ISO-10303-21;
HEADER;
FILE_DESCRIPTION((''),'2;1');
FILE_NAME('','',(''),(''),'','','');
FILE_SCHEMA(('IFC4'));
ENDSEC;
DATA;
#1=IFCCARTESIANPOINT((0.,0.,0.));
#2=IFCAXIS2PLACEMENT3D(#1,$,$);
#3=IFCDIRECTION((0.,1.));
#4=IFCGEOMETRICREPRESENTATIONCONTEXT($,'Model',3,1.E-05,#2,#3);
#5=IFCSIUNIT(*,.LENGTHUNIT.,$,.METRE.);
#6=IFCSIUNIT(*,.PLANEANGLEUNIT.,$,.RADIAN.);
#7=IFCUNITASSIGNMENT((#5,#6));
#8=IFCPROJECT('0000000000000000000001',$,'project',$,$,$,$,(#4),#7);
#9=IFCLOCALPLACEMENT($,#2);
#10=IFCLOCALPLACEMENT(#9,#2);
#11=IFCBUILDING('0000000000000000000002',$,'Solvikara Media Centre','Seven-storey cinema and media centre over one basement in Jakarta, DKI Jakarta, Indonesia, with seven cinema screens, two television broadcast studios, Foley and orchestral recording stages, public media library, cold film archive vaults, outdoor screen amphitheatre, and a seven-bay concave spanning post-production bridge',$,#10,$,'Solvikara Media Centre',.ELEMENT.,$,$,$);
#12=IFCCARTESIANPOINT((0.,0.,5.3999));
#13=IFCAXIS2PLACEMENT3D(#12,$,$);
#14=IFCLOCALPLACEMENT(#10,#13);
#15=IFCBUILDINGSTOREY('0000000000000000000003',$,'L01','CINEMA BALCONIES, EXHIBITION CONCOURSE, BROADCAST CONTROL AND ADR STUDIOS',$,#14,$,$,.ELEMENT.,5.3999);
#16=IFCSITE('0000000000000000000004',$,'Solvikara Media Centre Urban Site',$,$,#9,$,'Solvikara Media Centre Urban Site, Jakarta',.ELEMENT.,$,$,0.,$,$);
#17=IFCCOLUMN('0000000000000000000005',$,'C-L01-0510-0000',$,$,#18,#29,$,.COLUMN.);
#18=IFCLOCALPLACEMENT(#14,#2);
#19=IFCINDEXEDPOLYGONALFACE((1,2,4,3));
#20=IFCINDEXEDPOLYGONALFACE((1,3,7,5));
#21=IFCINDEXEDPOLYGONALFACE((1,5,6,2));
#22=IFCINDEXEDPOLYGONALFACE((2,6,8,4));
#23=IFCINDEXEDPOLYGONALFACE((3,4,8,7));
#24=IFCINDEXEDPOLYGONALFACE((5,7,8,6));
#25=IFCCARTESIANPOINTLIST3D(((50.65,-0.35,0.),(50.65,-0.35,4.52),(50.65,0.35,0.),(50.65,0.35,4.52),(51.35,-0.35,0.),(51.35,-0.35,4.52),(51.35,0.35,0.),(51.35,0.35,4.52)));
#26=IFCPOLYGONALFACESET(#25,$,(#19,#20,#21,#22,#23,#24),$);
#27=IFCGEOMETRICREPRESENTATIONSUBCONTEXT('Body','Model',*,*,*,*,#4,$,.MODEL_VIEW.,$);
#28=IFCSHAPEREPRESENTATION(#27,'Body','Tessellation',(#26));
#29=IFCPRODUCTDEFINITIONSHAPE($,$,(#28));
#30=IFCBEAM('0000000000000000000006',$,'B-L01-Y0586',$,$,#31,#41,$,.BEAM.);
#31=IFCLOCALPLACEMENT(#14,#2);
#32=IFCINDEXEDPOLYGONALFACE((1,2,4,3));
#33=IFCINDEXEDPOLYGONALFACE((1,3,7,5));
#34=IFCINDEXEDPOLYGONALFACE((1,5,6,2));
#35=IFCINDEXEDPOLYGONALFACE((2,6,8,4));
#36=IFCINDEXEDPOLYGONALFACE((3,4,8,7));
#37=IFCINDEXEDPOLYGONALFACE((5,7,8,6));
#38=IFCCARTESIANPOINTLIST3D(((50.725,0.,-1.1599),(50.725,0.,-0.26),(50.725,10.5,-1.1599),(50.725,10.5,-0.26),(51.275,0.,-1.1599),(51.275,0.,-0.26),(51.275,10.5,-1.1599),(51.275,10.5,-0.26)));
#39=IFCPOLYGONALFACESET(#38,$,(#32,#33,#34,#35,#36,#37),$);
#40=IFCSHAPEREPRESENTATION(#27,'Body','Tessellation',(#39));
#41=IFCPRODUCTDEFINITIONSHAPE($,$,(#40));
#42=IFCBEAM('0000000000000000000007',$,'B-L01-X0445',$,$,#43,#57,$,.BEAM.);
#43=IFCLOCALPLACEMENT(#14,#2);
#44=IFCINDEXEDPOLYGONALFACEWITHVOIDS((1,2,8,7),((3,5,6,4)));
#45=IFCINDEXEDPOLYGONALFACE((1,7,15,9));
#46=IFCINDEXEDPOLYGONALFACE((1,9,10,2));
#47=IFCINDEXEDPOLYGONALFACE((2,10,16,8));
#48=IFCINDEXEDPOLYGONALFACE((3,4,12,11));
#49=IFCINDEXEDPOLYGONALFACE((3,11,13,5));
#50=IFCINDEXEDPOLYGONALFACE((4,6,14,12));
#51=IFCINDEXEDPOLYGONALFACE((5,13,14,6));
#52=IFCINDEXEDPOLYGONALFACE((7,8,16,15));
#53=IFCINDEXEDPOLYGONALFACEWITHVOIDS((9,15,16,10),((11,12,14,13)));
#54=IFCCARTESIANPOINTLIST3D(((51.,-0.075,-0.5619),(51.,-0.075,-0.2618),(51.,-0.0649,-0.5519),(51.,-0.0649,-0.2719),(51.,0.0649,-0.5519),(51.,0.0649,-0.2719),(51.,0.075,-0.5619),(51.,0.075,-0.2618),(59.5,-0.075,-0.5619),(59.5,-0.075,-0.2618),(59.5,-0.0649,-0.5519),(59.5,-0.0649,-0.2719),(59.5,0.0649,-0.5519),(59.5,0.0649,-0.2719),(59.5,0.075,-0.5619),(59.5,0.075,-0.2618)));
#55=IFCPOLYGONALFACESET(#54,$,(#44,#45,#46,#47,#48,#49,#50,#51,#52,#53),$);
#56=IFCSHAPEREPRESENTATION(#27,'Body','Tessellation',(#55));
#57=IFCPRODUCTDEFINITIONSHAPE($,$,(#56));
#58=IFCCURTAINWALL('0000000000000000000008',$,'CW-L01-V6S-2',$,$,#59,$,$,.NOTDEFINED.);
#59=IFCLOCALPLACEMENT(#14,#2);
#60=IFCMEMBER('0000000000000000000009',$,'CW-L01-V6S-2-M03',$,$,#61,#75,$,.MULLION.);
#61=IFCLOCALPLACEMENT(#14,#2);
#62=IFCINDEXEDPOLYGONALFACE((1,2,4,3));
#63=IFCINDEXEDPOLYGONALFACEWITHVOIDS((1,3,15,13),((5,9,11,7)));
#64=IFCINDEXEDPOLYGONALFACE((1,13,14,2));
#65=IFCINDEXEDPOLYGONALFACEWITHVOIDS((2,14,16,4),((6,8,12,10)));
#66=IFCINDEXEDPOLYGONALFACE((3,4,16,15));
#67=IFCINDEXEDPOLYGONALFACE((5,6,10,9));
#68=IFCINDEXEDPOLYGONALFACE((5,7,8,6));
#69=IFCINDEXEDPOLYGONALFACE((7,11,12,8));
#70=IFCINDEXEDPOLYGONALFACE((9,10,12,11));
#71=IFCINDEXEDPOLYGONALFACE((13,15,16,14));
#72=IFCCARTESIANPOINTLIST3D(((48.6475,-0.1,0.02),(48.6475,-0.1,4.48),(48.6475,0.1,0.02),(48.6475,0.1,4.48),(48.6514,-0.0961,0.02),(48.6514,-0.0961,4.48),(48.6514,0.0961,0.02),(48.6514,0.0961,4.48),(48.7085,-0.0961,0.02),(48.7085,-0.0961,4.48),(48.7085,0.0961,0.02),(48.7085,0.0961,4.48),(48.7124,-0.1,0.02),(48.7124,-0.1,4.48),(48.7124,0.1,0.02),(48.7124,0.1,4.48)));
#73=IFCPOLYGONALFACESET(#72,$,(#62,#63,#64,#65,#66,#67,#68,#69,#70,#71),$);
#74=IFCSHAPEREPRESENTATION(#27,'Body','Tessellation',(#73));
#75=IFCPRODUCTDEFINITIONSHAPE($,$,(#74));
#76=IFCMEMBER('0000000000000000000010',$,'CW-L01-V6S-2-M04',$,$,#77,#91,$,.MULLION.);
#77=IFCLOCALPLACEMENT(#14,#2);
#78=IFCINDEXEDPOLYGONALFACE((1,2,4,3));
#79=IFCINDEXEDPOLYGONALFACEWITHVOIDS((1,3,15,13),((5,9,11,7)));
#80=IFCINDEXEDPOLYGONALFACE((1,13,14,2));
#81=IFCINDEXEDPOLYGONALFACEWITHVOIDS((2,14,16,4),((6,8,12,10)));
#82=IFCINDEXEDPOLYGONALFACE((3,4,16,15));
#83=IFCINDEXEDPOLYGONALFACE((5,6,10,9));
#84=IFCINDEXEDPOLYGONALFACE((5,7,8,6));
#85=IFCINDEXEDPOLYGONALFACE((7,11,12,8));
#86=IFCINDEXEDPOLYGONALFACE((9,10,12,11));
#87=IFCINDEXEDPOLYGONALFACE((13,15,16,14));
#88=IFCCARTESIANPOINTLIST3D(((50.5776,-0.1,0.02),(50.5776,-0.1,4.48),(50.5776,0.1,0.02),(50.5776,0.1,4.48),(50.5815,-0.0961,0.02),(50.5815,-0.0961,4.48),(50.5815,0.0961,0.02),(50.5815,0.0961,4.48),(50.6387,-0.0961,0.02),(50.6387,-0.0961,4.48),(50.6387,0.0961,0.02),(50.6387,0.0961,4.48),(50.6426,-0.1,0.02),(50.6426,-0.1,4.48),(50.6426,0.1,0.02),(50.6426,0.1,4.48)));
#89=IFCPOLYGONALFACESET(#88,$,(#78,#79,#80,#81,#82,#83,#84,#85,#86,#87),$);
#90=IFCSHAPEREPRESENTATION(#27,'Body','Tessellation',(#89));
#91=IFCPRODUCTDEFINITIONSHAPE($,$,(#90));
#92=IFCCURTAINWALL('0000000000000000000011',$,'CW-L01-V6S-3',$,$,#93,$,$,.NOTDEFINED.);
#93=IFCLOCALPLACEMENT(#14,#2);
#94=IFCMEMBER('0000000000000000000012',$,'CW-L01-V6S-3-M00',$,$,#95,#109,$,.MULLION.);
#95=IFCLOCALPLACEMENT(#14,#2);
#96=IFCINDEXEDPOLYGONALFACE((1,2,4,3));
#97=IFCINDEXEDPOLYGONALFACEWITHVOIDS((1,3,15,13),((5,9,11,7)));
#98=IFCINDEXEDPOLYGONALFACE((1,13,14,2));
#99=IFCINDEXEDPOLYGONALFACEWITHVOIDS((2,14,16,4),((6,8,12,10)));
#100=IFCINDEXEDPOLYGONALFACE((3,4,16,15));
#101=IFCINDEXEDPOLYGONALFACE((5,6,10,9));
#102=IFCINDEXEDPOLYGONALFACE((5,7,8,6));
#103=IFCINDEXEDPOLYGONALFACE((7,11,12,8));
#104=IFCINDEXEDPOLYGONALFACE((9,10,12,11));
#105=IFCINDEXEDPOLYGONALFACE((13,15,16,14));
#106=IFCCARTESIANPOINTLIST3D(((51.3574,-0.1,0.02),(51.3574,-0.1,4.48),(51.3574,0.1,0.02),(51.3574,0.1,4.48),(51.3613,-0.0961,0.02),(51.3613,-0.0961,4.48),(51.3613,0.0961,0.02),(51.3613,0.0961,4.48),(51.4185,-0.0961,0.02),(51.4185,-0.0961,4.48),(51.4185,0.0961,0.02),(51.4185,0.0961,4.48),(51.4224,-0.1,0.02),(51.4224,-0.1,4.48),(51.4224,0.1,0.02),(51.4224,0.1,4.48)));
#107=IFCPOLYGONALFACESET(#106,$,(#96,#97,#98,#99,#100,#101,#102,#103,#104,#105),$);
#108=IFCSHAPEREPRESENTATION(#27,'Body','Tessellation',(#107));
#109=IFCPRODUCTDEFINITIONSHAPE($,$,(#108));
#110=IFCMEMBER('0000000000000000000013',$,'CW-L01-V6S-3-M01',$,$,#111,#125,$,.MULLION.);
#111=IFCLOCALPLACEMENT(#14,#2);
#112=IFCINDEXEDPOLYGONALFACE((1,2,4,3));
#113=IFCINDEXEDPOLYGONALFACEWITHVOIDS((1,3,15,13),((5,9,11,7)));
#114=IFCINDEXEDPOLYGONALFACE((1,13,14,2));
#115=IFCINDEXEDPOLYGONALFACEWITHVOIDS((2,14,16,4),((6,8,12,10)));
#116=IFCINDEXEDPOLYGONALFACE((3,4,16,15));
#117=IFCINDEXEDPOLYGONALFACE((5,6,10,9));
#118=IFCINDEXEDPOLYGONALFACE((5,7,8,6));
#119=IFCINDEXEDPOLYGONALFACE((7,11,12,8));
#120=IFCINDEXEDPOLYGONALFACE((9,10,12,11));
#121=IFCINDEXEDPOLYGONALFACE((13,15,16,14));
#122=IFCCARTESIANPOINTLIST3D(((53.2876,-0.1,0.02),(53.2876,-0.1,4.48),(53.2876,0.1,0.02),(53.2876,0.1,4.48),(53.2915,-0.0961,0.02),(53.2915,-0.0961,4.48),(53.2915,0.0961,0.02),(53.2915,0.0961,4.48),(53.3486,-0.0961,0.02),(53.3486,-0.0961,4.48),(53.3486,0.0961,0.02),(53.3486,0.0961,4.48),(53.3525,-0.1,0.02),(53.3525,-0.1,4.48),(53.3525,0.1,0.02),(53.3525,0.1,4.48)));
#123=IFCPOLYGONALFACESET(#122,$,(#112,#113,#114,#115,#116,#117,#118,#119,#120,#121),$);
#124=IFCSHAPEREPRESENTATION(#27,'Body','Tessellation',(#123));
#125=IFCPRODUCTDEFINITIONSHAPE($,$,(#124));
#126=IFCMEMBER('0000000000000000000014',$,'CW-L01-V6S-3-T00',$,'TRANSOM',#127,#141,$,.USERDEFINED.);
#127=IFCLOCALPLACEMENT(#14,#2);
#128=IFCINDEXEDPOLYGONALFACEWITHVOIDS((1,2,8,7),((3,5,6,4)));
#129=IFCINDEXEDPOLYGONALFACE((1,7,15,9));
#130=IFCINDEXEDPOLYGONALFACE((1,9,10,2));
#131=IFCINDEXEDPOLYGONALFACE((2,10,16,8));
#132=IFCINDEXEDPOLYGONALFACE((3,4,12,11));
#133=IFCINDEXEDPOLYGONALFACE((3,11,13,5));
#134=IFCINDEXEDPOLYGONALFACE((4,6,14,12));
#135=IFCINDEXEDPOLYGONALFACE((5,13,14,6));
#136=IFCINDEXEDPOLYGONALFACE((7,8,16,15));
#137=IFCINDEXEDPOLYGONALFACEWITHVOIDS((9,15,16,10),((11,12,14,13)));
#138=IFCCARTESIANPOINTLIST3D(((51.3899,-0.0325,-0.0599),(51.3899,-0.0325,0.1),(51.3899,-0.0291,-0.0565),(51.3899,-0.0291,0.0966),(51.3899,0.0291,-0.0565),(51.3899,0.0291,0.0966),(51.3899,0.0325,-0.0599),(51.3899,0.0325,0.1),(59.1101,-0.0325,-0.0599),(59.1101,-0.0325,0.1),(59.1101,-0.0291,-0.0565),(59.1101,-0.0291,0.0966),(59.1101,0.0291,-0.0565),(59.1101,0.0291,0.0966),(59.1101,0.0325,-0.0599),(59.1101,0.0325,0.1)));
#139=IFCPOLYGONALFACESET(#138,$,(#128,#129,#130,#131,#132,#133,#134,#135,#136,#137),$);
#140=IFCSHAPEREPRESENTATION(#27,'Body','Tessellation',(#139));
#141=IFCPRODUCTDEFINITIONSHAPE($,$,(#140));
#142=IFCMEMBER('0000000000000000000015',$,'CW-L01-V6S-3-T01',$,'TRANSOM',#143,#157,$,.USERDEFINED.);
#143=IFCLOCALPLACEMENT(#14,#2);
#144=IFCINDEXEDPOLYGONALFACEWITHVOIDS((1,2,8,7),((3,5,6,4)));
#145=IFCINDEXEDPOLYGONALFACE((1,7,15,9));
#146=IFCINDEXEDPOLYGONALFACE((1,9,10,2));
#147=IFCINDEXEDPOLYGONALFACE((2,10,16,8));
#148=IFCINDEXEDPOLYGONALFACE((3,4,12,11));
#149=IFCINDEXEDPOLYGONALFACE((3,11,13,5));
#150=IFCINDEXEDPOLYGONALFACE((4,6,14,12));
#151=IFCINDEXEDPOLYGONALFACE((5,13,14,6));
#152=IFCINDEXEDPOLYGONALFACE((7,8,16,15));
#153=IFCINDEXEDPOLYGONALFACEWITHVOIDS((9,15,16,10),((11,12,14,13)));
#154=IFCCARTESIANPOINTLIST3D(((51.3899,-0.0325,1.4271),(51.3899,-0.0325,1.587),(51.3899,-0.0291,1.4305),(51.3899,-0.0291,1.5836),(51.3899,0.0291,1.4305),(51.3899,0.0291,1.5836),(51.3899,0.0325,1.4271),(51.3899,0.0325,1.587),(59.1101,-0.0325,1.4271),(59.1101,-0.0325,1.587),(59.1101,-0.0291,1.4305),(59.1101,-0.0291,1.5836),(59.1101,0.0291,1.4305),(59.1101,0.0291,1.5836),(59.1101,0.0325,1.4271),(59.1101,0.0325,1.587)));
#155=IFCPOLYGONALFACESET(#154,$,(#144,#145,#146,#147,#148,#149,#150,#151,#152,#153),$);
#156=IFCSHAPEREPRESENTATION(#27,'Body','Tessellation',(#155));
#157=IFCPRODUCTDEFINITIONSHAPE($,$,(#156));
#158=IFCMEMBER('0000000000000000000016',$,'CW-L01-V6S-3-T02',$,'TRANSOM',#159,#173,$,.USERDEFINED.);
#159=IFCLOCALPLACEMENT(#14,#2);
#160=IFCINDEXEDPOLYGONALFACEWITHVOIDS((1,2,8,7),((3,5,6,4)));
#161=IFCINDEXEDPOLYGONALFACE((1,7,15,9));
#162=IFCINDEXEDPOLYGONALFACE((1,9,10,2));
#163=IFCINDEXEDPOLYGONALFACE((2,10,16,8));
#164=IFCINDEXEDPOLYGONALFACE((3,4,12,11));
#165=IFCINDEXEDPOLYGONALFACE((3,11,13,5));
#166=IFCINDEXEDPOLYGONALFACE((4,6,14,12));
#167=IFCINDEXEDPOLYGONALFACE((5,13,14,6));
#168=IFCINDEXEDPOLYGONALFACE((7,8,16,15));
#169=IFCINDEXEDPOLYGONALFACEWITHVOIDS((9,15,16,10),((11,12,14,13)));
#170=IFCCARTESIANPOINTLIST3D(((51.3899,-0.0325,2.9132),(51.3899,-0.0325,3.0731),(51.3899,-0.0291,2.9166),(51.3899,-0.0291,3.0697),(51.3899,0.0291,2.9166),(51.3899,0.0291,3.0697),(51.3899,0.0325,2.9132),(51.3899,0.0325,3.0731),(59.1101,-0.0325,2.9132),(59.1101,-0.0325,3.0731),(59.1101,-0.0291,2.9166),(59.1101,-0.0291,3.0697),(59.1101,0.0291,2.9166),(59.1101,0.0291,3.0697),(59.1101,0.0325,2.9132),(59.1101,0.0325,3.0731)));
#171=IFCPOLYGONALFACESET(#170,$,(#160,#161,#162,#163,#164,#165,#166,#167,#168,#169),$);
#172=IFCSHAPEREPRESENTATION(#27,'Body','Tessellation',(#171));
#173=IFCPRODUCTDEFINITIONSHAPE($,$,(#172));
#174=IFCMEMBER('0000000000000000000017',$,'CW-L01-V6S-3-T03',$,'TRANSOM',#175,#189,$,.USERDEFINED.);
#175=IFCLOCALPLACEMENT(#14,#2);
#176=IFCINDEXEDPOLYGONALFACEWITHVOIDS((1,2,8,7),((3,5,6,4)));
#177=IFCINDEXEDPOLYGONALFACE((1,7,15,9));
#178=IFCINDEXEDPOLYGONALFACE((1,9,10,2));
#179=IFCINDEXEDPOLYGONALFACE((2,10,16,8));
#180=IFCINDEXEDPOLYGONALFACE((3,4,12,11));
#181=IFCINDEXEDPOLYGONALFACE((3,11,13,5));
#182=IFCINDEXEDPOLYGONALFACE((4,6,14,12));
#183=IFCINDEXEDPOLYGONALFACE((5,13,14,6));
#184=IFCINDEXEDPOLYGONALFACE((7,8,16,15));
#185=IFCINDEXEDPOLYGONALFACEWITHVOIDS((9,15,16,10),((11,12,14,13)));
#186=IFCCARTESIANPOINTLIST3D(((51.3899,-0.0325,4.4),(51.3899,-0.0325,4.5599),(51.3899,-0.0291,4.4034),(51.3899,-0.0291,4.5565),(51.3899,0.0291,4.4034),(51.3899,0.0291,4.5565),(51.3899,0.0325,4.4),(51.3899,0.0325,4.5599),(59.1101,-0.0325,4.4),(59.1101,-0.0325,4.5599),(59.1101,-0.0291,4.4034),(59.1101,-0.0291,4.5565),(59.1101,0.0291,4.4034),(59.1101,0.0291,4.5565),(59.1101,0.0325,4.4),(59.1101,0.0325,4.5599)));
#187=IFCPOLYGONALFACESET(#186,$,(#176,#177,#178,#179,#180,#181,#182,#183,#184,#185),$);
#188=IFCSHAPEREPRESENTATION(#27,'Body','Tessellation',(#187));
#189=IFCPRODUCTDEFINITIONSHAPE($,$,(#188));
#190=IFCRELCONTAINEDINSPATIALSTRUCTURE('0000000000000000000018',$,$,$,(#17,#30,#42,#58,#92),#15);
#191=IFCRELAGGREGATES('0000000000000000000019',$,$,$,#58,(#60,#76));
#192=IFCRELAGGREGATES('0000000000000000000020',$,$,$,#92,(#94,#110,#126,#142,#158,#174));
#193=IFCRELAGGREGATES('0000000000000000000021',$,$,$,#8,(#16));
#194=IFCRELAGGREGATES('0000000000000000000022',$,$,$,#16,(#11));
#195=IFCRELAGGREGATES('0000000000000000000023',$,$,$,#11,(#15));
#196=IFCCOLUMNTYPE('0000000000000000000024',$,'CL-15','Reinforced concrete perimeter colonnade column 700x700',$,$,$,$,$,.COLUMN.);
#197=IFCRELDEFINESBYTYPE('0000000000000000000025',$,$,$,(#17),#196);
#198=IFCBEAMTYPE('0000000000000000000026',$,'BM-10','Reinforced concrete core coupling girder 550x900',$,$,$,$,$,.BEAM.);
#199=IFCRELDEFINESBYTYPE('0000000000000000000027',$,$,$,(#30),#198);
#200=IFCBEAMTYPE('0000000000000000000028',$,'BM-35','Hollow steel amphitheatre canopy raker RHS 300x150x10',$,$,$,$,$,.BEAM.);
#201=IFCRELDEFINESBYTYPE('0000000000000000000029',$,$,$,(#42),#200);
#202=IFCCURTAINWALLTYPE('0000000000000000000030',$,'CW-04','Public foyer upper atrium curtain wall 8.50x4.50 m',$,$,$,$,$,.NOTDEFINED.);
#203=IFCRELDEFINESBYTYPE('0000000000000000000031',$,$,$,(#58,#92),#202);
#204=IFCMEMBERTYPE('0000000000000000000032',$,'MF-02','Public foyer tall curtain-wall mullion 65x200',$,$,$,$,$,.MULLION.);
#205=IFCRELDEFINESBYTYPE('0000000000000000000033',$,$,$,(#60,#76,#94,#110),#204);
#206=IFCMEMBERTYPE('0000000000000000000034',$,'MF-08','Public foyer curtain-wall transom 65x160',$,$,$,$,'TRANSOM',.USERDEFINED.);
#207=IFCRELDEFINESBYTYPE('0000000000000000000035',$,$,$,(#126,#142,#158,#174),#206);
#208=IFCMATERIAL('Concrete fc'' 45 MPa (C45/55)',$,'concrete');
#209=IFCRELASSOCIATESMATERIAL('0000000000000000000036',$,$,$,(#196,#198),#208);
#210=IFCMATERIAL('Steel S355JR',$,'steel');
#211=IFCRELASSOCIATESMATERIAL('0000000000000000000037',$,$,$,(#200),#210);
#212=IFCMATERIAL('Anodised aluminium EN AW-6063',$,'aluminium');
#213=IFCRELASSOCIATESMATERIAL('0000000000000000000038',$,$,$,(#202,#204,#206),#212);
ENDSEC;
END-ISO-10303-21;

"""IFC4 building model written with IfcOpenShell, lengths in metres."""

from ifc_helpers import new_model, si_unit, direction, frame, origin, origin_2d, place, context, subcontext, project, spatial, rectangle, hollow_rectangle, extrude, material, material_profile, profile_set, type_object, element, aggregate, save


model = new_model("IFC4")

# Units and contexts
model_context = context("Model", 3, precision=1e-05, world=origin(), true_north=direction((0.0, 1.0)))
body_context = subcontext(model_context, "Body", "Model", "MODEL_VIEW")
ifc_project = project(units=[si_unit("LENGTHUNIT", "METRE"), si_unit("PLANEANGLEUNIT", "RADIAN")], contexts=[model_context])

# Site, building, storey
site_placement = place(None, origin())
site = spatial("IfcSite", under=ifc_project, at=site_placement, Name="Solvikara Media Centre Urban Site", LongName="Solvikara Media Centre Urban Site, Jakarta", CompositionType="ELEMENT", RefElevation=0.0)
building_placement = place(site_placement, origin())
building = spatial("IfcBuilding", under=site, at=building_placement, Name="Solvikara Media Centre", Description="Seven-storey cinema and media centre over one basement in Jakarta, DKI Jakarta, Indonesia, with seven cinema screens, two television broadcast studios, Foley and orchestral recording stages, public media library, cold film archive vaults, outdoor screen amphitheatre, and a seven-bay concave spanning post-production bridge", LongName="Solvikara Media Centre", CompositionType="ELEMENT")
storey_placement = place(building_placement, frame((0.0, 0.0, 5.3999)))
storey = spatial("IfcBuildingStorey", under=building, at=storey_placement, Name="L01", Description="CINEMA BALCONIES, EXHIBITION CONCOURSE, BROADCAST CONTROL AND ADR STUDIOS", CompositionType="ELEMENT", Elevation=5.3999)

# Column
ifc_material_1 = material(Name="Concrete fc' 45 MPa (C45/55)", Category="concrete")
ifc_material_profile_1 = material_profile(ifc_material_1, rectangle(XDim=0.7, YDim=0.7, at=origin_2d()), Name="RC 700x700")
ifc_profile_set_1 = profile_set([ifc_material_profile_1], Name="Concrete fc' 45 MPa (C45/55)")
column_type = type_object("IfcColumnType", Name="CL-15", Description="Reinforced concrete perimeter colonnade column 700x700", PredefinedType="COLUMN", material=ifc_profile_set_1)
column_placement = place(storey_placement, frame((51.0, 0.0, 0.0), z_axis=(0.0, 0.0, 1.0), x_axis=(1.0, 0.0, 0.0)))
element("IfcColumn", 1, at=column_placement, inside=storey, type_object=column_type, Name="C-L01-0510-0000", PredefinedType="COLUMN", context=body_context, shape_type="SweptSolid", body=[
    extrude(rectangle(XDim=0.7, YDim=0.7, at=origin_2d()), origin(), (0.0, 0.0, 1.0), 4.52),
])

# Beams
ifc_material_profile_2 = material_profile(ifc_material_1, rectangle(XDim=0.55, YDim=0.8999, at=origin_2d()), Name="RC 550x900")
ifc_profile_set_2 = profile_set([ifc_material_profile_2], Name="Concrete fc' 45 MPa (C45/55)")
beam_type_1 = type_object("IfcBeamType", Name="BM-10", Description="Reinforced concrete core coupling girder 550x900", PredefinedType="BEAM", material=ifc_profile_set_2)
beam_1_placement = place(storey_placement, frame((51.0, 0.0, -0.71), z_axis=(0.0, 1.0, 0.0), x_axis=(-1.0, 0.0, 0.0)))
element("IfcBeam", 2, at=beam_1_placement, inside=storey, type_object=beam_type_1, Name="B-L01-Y0586", PredefinedType="BEAM", context=body_context, shape_type="SweptSolid", body=[
    extrude(rectangle(XDim=0.55, YDim=0.8999, at=origin_2d()), origin(), (0.0, 0.0, 1.0), 10.5),
])
ifc_material_2 = material(Name="Steel S355JR", Category="steel")
ifc_material_profile_3 = material_profile(ifc_material_2, hollow_rectangle(XDim=0.1499, YDim=0.3, WallThickness=0.01, at=origin_2d()), Name="RHS 300x150x10")
ifc_profile_set_3 = profile_set([ifc_material_profile_3], Name="Steel S355JR")
beam_type_2 = type_object("IfcBeamType", Name="BM-35", Description="Hollow steel amphitheatre canopy raker RHS 300x150x10", PredefinedType="BEAM", material=ifc_profile_set_3)
beam_2_placement = place(storey_placement, frame((51.0, 0.0, -0.4119), z_axis=(1.0, 0.0, 0.0), x_axis=(0.0, 1.0, 0.0)))
element("IfcBeam", 3, at=beam_2_placement, inside=storey, type_object=beam_type_2, Name="B-L01-X0445", PredefinedType="BEAM", context=body_context, shape_type="SweptSolid", body=[
    extrude(hollow_rectangle(XDim=0.1499, YDim=0.3, WallThickness=0.01, at=origin_2d()), origin(), (0.0, 0.0, 1.0), 8.5),
])

# Curtain walls, members
ifc_material_3 = material(Name="Anodised aluminium EN AW-6063", Category="aluminium")
curtain_wall_type = type_object("IfcCurtainWallType", Name="CW-04", Description="Public foyer upper atrium curtain wall 8.50x4.50 m", PredefinedType="NOTDEFINED", material=ifc_material_3)
curtain_wall_1_placement = place(storey_placement, origin())
curtain_wall_1 = element("IfcCurtainWall", 4, at=curtain_wall_1_placement, inside=storey, type_object=curtain_wall_type, Name="CW-L01-V6S-2", PredefinedType="NOTDEFINED")
ifc_material_profile_4 = material_profile(ifc_material_3, hollow_rectangle(XDim=0.0649, YDim=0.2, WallThickness=0.0039, at=origin_2d()), Name="ALU-M 65x200x4")
ifc_profile_set_4 = profile_set([ifc_material_profile_4], Name="Anodised aluminium EN AW-6063")
member_type_1 = type_object("IfcMemberType", Name="MF-02", Description="Public foyer tall curtain-wall mullion 65x200", PredefinedType="MULLION", material=ifc_profile_set_4)
member_1_placement = place(storey_placement, frame((48.6799, 0.0, 0.02), z_axis=(0.0, 0.0, 1.0), x_axis=(1.0, 0.0, 0.0)))
member_1 = element("IfcMember", 5, at=member_1_placement, type_object=member_type_1, Name="CW-L01-V6S-2-M03", PredefinedType="MULLION", context=body_context, shape_type="SweptSolid", body=[
    extrude(hollow_rectangle(XDim=0.0649, YDim=0.2, WallThickness=0.0039, at=origin_2d()), origin(), (0.0, 0.0, 1.0), 4.46),
])
member_2_placement = place(storey_placement, frame((50.6101, 0.0, 0.02), z_axis=(0.0, 0.0, 1.0), x_axis=(1.0, 0.0, 0.0)))
member_2 = element("IfcMember", 6, at=member_2_placement, type_object=member_type_1, Name="CW-L01-V6S-2-M04", PredefinedType="MULLION", context=body_context, shape_type="SweptSolid", body=[
    extrude(hollow_rectangle(XDim=0.0649, YDim=0.2, WallThickness=0.0039, at=origin_2d()), origin(), (0.0, 0.0, 1.0), 4.46),
])
curtain_wall_2_placement = place(storey_placement, origin())
curtain_wall_2 = element("IfcCurtainWall", 7, at=curtain_wall_2_placement, inside=storey, type_object=curtain_wall_type, Name="CW-L01-V6S-3", PredefinedType="NOTDEFINED")
member_3_placement = place(storey_placement, frame((51.3899, 0.0, 0.02), z_axis=(0.0, 0.0, 1.0), x_axis=(1.0, 0.0, 0.0)))
member_3 = element("IfcMember", 8, at=member_3_placement, type_object=member_type_1, Name="CW-L01-V6S-3-M00", PredefinedType="MULLION", context=body_context, shape_type="SweptSolid", body=[
    extrude(hollow_rectangle(XDim=0.0649, YDim=0.2, WallThickness=0.0039, at=origin_2d()), origin(), (0.0, 0.0, 1.0), 4.46),
])
member_4_placement = place(storey_placement, frame((53.3201, 0.0, 0.02), z_axis=(0.0, 0.0, 1.0), x_axis=(1.0, 0.0, 0.0)))
member_4 = element("IfcMember", 9, at=member_4_placement, type_object=member_type_1, Name="CW-L01-V6S-3-M01", PredefinedType="MULLION", context=body_context, shape_type="SweptSolid", body=[
    extrude(hollow_rectangle(XDim=0.0649, YDim=0.2, WallThickness=0.0039, at=origin_2d()), origin(), (0.0, 0.0, 1.0), 4.46),
])
ifc_material_profile_5 = material_profile(ifc_material_3, hollow_rectangle(XDim=0.0649, YDim=0.1599, WallThickness=0.0034, at=origin_2d()), Name="ALU-T 65x160x3.5")
ifc_profile_set_5 = profile_set([ifc_material_profile_5], Name="Anodised aluminium EN AW-6063")
member_type_2 = type_object("IfcMemberType", Name="MF-08", Description="Public foyer curtain-wall transom 65x160", ElementType="TRANSOM", PredefinedType="USERDEFINED", material=ifc_profile_set_5)
member_5_placement = place(storey_placement, frame((51.3899, 0.0, 0.02), z_axis=(1.0, 0.0, 0.0), x_axis=(0.0, 1.0, 0.0)))
member_5 = element("IfcMember", 10, at=member_5_placement, type_object=member_type_2, Name="CW-L01-V6S-3-T00", ObjectType="TRANSOM", PredefinedType="USERDEFINED", context=body_context, shape_type="SweptSolid", body=[
    extrude(hollow_rectangle(XDim=0.0649, YDim=0.1599, WallThickness=0.0034, at=origin_2d()), origin(), (0.0, 0.0, 1.0), 7.7202),
])
member_6_placement = place(storey_placement, frame((51.3899, 0.0, 1.5071), z_axis=(1.0, 0.0, 0.0), x_axis=(0.0, 1.0, 0.0)))
member_6 = element("IfcMember", 11, at=member_6_placement, type_object=member_type_2, Name="CW-L01-V6S-3-T01", ObjectType="TRANSOM", PredefinedType="USERDEFINED", context=body_context, shape_type="SweptSolid", body=[
    extrude(hollow_rectangle(XDim=0.0649, YDim=0.1599, WallThickness=0.0034, at=origin_2d()), origin(), (0.0, 0.0, 1.0), 7.7202),
])
member_7_placement = place(storey_placement, frame((51.3899, 0.0, 2.9932), z_axis=(1.0, 0.0, 0.0), x_axis=(0.0, 1.0, 0.0)))
member_7 = element("IfcMember", 12, at=member_7_placement, type_object=member_type_2, Name="CW-L01-V6S-3-T02", ObjectType="TRANSOM", PredefinedType="USERDEFINED", context=body_context, shape_type="SweptSolid", body=[
    extrude(hollow_rectangle(XDim=0.0649, YDim=0.1599, WallThickness=0.0034, at=origin_2d()), origin(), (0.0, 0.0, 1.0), 7.7202),
])
member_8_placement = place(storey_placement, frame((51.3899, 0.0, 4.48), z_axis=(1.0, 0.0, 0.0), x_axis=(0.0, 1.0, 0.0)))
member_8 = element("IfcMember", 13, at=member_8_placement, type_object=member_type_2, Name="CW-L01-V6S-3-T03", ObjectType="TRANSOM", PredefinedType="USERDEFINED", context=body_context, shape_type="SweptSolid", body=[
    extrude(hollow_rectangle(XDim=0.0649, YDim=0.1599, WallThickness=0.0034, at=origin_2d()), origin(), (0.0, 0.0, 1.0), 7.7202),
])

aggregate(curtain_wall_1, [member_1, member_2])
aggregate(curtain_wall_2, [member_3, member_4, member_5, member_6, member_7, member_8])

save(model, "model.ifc")
